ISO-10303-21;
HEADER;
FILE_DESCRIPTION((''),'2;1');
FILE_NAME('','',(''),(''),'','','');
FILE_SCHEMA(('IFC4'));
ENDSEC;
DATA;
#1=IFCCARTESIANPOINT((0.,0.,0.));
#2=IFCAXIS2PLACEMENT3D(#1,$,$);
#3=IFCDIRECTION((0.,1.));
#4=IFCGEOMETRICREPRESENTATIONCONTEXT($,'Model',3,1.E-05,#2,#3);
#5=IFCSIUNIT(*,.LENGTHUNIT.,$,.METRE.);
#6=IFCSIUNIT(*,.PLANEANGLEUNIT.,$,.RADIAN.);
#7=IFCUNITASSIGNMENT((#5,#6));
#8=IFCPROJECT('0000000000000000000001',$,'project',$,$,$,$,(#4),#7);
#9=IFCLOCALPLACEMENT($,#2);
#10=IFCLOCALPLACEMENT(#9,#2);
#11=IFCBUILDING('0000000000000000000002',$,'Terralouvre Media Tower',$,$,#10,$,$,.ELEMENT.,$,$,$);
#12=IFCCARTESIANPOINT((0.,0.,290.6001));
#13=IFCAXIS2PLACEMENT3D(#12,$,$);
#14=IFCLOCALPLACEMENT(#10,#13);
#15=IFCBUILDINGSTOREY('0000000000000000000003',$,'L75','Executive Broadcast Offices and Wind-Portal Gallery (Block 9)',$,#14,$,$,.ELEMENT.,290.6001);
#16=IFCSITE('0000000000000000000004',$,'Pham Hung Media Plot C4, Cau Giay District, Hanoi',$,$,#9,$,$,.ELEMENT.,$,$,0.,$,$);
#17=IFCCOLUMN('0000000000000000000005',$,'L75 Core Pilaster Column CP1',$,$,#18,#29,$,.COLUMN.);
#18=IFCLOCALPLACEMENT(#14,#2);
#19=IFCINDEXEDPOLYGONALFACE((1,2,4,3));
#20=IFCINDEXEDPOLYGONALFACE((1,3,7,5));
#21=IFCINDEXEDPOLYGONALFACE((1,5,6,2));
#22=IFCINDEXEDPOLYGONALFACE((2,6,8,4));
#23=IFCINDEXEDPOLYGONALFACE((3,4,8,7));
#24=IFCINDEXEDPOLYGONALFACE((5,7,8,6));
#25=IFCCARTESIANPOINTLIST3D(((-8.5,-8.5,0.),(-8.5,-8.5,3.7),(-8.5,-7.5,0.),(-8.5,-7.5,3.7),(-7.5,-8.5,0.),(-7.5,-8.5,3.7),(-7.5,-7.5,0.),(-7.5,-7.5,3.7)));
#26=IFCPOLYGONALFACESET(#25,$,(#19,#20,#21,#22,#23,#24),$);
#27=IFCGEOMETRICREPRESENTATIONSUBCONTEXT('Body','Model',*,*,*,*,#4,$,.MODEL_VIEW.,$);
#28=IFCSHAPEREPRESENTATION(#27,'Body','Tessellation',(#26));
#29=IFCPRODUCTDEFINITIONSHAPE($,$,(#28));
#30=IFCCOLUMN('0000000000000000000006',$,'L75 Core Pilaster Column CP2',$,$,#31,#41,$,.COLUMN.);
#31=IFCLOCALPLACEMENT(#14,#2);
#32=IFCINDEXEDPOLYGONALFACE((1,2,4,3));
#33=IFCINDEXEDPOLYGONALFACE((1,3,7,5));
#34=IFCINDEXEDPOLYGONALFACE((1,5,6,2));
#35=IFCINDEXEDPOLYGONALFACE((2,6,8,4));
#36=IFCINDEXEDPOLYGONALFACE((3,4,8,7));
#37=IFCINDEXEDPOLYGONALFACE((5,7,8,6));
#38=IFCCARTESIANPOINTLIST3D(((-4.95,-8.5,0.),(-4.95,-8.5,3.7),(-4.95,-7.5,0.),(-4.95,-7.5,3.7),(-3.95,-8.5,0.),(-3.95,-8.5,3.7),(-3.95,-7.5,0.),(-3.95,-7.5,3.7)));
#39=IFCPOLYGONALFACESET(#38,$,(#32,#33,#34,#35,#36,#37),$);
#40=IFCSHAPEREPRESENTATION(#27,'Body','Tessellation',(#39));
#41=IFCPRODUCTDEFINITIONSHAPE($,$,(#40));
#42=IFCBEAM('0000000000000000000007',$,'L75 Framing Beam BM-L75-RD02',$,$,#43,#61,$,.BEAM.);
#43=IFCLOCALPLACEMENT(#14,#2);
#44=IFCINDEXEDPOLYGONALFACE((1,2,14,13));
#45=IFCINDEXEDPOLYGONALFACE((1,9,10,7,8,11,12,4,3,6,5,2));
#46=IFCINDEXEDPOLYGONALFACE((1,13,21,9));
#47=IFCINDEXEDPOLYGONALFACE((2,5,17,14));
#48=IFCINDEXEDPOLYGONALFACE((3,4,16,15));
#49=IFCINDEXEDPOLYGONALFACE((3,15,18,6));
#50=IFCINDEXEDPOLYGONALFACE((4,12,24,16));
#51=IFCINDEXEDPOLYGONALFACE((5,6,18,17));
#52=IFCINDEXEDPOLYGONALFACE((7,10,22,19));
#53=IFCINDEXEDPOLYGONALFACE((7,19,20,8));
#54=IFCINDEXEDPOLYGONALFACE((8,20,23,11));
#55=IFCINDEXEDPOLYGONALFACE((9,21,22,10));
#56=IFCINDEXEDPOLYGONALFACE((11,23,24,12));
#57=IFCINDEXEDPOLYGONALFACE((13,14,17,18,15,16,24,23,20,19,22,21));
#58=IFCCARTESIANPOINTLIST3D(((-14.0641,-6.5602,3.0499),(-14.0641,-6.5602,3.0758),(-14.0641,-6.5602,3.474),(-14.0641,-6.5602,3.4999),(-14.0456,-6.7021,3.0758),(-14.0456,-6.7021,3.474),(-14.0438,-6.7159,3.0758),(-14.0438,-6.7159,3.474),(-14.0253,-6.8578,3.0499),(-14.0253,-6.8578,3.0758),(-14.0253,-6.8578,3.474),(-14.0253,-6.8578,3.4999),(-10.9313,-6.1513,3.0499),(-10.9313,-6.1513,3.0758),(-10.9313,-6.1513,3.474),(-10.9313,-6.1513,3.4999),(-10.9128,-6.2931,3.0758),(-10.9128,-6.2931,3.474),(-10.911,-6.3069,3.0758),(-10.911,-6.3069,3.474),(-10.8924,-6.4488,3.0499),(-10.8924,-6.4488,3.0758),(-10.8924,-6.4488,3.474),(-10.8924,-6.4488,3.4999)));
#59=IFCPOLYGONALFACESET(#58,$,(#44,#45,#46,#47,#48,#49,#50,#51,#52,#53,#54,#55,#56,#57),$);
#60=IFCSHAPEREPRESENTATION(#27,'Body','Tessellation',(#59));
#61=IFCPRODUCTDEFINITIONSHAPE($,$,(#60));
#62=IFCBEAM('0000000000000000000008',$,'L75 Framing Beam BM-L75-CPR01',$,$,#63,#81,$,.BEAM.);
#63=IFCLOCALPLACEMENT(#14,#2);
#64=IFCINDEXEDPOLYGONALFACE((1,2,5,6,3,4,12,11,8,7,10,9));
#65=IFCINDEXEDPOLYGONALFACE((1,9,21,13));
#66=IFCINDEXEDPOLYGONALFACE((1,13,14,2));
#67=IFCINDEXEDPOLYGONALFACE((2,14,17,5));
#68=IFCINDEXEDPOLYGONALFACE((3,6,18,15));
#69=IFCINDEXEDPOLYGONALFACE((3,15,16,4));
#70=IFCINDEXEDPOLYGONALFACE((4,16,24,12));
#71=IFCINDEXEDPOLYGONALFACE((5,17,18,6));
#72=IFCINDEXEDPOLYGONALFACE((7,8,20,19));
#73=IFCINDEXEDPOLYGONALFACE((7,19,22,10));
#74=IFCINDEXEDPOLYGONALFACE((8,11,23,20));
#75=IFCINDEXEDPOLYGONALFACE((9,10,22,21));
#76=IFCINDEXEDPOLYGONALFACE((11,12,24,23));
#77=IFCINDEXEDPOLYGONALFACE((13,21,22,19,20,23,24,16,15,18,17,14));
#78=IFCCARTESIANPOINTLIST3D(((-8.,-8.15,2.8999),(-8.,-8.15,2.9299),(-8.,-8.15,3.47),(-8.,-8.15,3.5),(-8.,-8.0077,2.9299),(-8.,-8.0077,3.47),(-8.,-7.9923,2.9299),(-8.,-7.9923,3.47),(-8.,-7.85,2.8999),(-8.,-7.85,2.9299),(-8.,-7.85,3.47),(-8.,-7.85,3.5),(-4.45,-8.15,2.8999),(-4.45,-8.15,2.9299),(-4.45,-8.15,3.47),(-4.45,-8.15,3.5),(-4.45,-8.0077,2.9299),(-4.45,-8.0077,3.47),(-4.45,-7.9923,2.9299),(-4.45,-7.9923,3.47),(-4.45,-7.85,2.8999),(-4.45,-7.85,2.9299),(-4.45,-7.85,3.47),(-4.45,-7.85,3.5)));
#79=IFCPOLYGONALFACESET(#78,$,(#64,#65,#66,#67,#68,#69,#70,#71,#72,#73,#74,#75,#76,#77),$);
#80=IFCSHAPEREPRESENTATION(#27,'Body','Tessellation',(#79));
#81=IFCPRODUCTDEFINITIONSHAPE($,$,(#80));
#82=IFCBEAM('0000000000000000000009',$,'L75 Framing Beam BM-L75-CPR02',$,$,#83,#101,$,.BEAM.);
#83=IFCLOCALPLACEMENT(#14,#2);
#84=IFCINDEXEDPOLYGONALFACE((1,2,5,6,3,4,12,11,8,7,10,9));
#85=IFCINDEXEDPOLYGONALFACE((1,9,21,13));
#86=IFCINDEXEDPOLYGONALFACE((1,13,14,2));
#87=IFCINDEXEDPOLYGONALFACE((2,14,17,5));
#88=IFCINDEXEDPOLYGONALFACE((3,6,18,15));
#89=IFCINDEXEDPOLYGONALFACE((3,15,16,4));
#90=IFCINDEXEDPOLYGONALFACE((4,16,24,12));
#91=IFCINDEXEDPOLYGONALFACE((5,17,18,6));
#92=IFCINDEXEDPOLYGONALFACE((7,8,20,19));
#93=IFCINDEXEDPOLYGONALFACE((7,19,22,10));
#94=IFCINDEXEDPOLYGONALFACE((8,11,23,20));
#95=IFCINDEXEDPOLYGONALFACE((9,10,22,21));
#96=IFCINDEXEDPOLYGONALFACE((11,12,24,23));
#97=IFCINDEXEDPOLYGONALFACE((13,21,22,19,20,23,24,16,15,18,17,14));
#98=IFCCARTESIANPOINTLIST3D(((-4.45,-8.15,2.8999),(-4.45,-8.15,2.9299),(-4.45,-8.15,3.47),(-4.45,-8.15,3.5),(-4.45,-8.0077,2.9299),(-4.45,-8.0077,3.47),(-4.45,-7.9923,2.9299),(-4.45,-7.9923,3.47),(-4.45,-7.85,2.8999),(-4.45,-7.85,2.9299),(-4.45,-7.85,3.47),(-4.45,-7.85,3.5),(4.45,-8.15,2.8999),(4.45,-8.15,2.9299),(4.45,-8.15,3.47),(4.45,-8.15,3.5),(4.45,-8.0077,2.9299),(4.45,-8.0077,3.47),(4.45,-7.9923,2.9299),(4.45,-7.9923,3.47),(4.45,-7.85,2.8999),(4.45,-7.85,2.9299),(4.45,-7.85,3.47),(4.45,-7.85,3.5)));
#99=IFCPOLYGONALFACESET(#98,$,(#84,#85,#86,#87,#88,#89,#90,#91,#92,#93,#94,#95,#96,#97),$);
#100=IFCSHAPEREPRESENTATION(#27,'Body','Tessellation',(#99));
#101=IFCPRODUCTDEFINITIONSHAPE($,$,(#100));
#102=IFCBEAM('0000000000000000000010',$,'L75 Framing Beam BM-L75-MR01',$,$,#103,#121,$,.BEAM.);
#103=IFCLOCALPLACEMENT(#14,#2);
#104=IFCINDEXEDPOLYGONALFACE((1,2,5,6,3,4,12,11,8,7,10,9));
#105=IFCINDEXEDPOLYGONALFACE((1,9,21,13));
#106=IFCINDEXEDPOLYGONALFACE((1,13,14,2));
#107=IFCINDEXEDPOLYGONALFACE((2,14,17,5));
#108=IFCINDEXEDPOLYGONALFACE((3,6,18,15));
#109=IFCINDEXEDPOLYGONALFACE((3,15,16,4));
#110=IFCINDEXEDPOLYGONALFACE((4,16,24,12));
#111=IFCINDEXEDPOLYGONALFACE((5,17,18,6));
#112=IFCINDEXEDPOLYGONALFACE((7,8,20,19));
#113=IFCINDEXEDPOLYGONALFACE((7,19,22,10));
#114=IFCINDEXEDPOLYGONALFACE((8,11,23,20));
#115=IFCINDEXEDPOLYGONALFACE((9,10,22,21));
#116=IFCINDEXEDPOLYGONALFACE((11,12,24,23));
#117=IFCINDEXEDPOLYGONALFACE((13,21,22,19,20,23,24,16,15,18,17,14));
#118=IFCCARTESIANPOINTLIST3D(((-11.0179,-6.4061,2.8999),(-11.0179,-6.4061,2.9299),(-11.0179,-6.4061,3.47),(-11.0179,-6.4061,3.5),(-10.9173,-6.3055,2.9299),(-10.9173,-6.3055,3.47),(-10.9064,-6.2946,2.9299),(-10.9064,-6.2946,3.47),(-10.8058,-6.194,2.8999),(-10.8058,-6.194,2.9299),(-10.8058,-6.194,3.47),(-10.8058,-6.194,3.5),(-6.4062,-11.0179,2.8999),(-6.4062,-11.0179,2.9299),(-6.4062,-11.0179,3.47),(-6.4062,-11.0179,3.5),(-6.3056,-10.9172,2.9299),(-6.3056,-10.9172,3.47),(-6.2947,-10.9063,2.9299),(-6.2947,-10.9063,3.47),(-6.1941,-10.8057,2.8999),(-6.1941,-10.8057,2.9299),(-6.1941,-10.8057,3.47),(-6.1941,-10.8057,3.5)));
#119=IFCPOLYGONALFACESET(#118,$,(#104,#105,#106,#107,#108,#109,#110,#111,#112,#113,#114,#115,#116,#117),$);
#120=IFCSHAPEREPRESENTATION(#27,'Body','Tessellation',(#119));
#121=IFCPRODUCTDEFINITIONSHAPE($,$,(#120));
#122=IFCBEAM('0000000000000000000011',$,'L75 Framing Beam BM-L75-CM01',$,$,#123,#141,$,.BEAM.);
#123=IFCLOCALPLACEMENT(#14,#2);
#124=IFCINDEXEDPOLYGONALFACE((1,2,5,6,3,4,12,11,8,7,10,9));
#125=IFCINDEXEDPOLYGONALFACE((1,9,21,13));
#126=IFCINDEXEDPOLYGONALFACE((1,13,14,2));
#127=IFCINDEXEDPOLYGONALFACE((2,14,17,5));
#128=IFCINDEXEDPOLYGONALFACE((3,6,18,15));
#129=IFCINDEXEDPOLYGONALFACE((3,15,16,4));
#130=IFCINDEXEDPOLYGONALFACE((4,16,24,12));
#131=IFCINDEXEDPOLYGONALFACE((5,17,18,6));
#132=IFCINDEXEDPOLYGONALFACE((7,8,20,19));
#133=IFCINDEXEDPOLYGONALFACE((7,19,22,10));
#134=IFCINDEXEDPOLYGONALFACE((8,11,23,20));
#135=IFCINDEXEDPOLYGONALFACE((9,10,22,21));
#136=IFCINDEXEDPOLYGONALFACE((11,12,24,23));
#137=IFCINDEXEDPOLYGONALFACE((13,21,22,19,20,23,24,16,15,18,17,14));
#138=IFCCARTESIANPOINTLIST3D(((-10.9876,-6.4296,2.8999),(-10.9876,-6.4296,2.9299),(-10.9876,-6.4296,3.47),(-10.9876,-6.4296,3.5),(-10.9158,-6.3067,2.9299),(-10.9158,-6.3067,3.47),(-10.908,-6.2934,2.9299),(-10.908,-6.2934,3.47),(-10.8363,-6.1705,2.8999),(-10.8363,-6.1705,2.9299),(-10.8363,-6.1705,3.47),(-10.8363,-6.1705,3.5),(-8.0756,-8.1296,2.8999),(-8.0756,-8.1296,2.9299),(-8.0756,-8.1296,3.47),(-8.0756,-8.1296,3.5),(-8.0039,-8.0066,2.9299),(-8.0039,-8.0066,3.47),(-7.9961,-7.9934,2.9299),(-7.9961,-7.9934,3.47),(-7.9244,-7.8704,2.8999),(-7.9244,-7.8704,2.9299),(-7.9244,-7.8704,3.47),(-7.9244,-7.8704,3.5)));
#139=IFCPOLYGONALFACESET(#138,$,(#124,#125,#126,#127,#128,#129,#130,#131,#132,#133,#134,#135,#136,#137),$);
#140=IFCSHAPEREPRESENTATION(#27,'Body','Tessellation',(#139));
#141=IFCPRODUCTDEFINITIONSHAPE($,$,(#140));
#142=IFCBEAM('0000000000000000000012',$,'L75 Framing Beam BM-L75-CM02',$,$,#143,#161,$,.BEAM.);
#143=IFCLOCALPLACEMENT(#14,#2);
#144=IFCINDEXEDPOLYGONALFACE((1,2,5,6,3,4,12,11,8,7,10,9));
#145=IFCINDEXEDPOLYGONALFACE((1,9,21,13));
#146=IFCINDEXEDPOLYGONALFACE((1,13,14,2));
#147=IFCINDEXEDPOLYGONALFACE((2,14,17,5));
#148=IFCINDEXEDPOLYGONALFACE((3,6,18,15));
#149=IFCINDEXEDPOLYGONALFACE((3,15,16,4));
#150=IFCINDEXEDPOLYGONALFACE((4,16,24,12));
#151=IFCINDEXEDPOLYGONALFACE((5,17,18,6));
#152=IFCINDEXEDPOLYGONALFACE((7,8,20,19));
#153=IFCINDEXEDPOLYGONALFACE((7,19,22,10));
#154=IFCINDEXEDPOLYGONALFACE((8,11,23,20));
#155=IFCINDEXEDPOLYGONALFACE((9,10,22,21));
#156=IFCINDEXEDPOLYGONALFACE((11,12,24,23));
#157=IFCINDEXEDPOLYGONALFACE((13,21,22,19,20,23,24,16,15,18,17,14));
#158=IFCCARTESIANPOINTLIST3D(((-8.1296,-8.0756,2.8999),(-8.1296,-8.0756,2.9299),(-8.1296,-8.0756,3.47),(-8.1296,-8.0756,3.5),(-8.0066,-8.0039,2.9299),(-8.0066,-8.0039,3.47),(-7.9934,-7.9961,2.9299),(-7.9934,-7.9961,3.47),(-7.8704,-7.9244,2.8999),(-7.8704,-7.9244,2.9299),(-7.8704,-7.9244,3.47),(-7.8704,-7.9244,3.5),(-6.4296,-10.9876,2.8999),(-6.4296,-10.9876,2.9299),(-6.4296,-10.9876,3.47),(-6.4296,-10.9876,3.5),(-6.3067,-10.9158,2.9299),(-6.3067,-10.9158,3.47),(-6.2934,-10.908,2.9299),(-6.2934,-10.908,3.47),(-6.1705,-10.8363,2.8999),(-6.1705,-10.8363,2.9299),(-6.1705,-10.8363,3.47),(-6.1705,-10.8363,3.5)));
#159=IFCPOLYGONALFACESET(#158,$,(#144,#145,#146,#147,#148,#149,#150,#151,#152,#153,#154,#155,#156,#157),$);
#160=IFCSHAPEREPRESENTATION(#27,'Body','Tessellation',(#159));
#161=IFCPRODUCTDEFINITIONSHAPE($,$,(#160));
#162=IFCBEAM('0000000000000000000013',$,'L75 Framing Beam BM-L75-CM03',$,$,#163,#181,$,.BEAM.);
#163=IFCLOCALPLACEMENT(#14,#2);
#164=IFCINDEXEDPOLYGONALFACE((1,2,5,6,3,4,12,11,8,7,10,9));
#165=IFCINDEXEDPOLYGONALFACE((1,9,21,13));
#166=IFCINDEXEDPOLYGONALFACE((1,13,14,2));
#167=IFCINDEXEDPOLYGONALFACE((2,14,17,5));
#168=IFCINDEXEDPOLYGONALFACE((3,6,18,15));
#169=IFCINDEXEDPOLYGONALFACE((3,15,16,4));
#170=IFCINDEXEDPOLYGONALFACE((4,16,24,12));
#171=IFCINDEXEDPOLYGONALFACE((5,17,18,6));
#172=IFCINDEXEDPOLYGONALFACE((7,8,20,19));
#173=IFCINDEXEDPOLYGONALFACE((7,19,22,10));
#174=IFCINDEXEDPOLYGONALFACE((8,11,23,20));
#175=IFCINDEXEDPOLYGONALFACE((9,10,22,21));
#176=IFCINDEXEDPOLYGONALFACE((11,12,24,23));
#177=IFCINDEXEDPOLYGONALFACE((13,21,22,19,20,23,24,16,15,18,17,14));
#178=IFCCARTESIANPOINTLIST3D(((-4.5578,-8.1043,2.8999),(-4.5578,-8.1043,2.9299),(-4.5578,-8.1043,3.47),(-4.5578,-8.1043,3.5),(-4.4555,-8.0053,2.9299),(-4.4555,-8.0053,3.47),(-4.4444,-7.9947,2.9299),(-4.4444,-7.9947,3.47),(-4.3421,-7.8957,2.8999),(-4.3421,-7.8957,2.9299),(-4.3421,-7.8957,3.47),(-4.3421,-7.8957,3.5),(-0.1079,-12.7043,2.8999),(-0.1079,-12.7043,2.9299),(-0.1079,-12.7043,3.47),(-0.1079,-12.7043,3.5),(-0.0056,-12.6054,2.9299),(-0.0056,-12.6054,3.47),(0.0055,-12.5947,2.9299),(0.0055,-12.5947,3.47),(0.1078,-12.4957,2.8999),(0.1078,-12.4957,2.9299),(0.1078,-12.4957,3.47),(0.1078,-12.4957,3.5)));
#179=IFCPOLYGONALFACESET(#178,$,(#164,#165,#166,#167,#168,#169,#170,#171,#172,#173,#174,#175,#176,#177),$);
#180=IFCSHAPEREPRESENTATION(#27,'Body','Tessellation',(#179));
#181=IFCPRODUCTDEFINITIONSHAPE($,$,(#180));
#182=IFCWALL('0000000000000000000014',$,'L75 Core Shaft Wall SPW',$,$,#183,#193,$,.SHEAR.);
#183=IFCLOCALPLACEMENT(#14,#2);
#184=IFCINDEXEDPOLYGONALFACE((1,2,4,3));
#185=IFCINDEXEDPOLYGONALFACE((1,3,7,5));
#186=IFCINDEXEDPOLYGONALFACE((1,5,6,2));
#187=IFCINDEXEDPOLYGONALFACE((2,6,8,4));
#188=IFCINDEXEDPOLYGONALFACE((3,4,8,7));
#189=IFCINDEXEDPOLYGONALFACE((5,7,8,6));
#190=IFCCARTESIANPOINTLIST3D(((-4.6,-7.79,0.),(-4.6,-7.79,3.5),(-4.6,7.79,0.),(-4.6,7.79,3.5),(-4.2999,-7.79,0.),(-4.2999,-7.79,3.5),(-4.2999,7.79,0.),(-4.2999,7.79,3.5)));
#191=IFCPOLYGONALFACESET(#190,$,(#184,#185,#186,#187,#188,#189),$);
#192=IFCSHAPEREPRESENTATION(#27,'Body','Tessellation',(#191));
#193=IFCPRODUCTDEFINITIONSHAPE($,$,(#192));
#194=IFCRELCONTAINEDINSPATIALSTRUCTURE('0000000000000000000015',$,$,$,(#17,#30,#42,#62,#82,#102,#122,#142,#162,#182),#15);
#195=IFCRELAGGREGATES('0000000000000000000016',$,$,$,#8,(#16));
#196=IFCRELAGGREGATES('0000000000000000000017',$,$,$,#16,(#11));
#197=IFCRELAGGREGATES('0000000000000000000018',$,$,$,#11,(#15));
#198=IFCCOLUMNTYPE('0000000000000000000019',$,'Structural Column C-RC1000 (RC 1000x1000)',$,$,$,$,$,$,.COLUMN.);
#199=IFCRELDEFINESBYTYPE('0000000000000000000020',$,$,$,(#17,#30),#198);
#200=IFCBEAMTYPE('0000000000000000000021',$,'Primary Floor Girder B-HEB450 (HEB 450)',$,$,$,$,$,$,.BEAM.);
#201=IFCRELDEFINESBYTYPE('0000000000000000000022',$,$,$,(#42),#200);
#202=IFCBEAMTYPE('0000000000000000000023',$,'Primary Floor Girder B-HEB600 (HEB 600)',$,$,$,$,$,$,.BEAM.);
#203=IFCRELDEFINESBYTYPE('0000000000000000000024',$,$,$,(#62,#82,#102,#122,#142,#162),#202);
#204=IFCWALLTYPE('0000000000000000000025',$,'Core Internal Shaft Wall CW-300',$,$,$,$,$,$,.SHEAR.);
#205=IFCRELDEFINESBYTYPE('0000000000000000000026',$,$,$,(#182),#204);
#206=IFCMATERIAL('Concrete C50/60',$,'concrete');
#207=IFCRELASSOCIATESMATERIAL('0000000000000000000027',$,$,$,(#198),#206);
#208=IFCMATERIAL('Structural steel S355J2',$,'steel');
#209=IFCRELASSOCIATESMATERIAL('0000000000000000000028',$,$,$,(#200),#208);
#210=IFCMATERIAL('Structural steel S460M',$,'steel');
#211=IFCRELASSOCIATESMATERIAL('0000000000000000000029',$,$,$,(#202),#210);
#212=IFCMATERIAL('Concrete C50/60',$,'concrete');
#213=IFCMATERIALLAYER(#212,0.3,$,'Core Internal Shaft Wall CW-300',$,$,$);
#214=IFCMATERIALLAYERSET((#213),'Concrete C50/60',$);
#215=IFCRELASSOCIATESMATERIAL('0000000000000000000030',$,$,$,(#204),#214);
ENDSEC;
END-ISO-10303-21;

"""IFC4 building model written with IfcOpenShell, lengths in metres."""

from ifc_helpers import new_model, si_unit, direction, frame, frame_2d, origin, origin_2d, place, context, subcontext, project, spatial, rectangle, i_section, extrude, material, layer, layer_set, material_profile, profile_set, type_object, element, save


model = new_model("IFC4")

# Units and contexts
model_context = context("Model", 3, precision=1e-05, world=origin(), true_north=direction((0.0, 1.0)))
body_context = subcontext(model_context, "Body", "Model", "MODEL_VIEW")
ifc_project = project(units=[si_unit("LENGTHUNIT", "METRE"), si_unit("PLANEANGLEUNIT", "RADIAN")], contexts=[model_context])

# Site, building, storey
site_placement = place(None, origin())
site = spatial("IfcSite", under=ifc_project, at=site_placement, Name="Pham Hung Media Plot C4, Cau Giay District, Hanoi", CompositionType="ELEMENT", RefElevation=0.0)
building_placement = place(site_placement, origin())
building = spatial("IfcBuilding", under=site, at=building_placement, Name="Terralouvre Media Tower", CompositionType="ELEMENT")
storey_placement = place(building_placement, frame((0.0, 0.0, 290.6001)))
storey = spatial("IfcBuildingStorey", under=building, at=storey_placement, Name="L75", Description="Executive Broadcast Offices and Wind-Portal Gallery (Block 9)", CompositionType="ELEMENT", Elevation=290.6001)

# Columns
ifc_material_1 = material(Name="Concrete C50/60", Category="concrete")
ifc_material_profile_1 = material_profile(ifc_material_1, rectangle(XDim=1.0, YDim=1.0, at=origin_2d()), Name="RC 1000x1000")
ifc_profile_set_1 = profile_set([ifc_material_profile_1], Name="Concrete C50/60")
column_type = type_object("IfcColumnType", Name="Structural Column C-RC1000 (RC 1000x1000)", PredefinedType="COLUMN", material=ifc_profile_set_1)
for number, where, z_axis, x_axis, name in (
    (1, (-8.0, -8.0, 0.0), (0.0, 0.0, 1.0), (1.0, 0.0, 0.0), "L75 Core Pilaster Column CP1"),
    (2, (-4.45, -8.0, 0.0), (0.0, 0.0, 1.0), (1.0, 0.0, 0.0), "L75 Core Pilaster Column CP2"),
):
    element("IfcColumn", number, at=place(storey_placement, frame(where, z_axis=z_axis, x_axis=x_axis)), inside=storey, type_object=column_type, Name=name, PredefinedType="COLUMN", context=body_context, shape_type="SweptSolid", body=[
        extrude(rectangle(XDim=1.0, YDim=1.0, at=origin_2d()), origin(), (0.0, 0.0, 1.0), 3.7),
    ])

# Beams
ifc_material_2 = material(Name="Structural steel S355J2", Category="steel")
ifc_material_profile_2 = material_profile(ifc_material_2, i_section(OverallWidth=0.3, OverallDepth=0.45, WebThickness=0.0139, FlangeThickness=0.0259, at=origin_2d()), Name="HEB 450")
ifc_profile_set_2 = profile_set([ifc_material_profile_2], Name="Structural steel S355J2")
beam_type_1 = type_object("IfcBeamType", Name="Primary Floor Girder B-HEB450 (HEB 450)", PredefinedType="BEAM", material=ifc_profile_set_2)
beam_1_placement = place(storey_placement, frame((-10.9119, -6.3, 3.2749), z_axis=(-0.991588, -0.129435, 0.0), x_axis=(0.129435, -0.991588, 0.0)))
element("IfcBeam", 3, at=beam_1_placement, inside=storey, type_object=beam_type_1, Name="L75 Framing Beam BM-L75-RD02", PredefinedType="BEAM", context=body_context, shape_type="SweptSolid", body=[
    extrude(i_section(OverallWidth=0.3, OverallDepth=0.45, WebThickness=0.0139, FlangeThickness=0.0259, at=origin_2d()), origin(), (0.0, 0.0, 1.0), 3.1594),
])
ifc_material_3 = material(Name="Structural steel S460M", Category="steel")
ifc_material_profile_3 = material_profile(ifc_material_3, i_section(OverallWidth=0.3, OverallDepth=0.6001, WebThickness=0.0154, FlangeThickness=0.03, at=origin_2d()), Name="HEB 600")
ifc_profile_set_3 = profile_set([ifc_material_profile_3], Name="Structural steel S460M")
beam_type_2 = type_object("IfcBeamType", Name="Primary Floor Girder B-HEB600 (HEB 600)", PredefinedType="BEAM", material=ifc_profile_set_3)
beam_2_placement = place(storey_placement, frame((-8.0, -8.0, 3.2), z_axis=(1.0, 0.0, 0.0), x_axis=(0.0, 1.0, 0.0)))
element("IfcBeam", 4, at=beam_2_placement, inside=storey, type_object=beam_type_2, Name="L75 Framing Beam BM-L75-CPR01", PredefinedType="BEAM", context=body_context, shape_type="SweptSolid", body=[
    extrude(i_section(OverallWidth=0.3, OverallDepth=0.6001, WebThickness=0.0154, FlangeThickness=0.03, at=origin_2d()), origin(), (0.0, 0.0, 1.0), 3.55),
])
beam_3_placement = place(storey_placement, frame((-4.45, -8.0, 3.2), z_axis=(1.0, 0.0, 0.0), x_axis=(0.0, 1.0, 0.0)))
element("IfcBeam", 5, at=beam_3_placement, inside=storey, type_object=beam_type_2, Name="L75 Framing Beam BM-L75-CPR02", PredefinedType="BEAM", context=body_context, shape_type="SweptSolid", body=[
    extrude(i_section(OverallWidth=0.3, OverallDepth=0.6001, WebThickness=0.0154, FlangeThickness=0.03, at=origin_2d()), origin(), (0.0, 0.0, 1.0), 8.8999),
])
beam_4_placement = place(storey_placement, frame((-10.9119, -6.3, 3.2), z_axis=(0.707107, -0.707107, 0.0), x_axis=(0.707107, 0.707107, 0.0)))
element("IfcBeam", 6, at=beam_4_placement, inside=storey, type_object=beam_type_2, Name="L75 Framing Beam BM-L75-MR01", PredefinedType="BEAM", context=body_context, shape_type="SweptSolid", body=[
    extrude(i_section(OverallWidth=0.3, OverallDepth=0.6001, WebThickness=0.0154, FlangeThickness=0.03, at=origin_2d()), origin(), (0.0, 0.0, 1.0), 6.522),
])
for number, where, z_axis, x_axis, name in (
    (7, (-8.0, -8.0, 3.2), (-0.863603, 0.504173, 0.0), (-0.504173, -0.863603, 0.0), "L75 Framing Beam BM-L75-CM01"),
    (8, (-8.0, -8.0, 3.2), (0.504173, -0.863603, 0.0), (0.863603, 0.504173, 0.0), "L75 Framing Beam BM-L75-CM02"),
):
    element("IfcBeam", number, at=place(storey_placement, frame(where, z_axis=z_axis, x_axis=x_axis)), inside=storey, type_object=beam_type_2, Name=name, PredefinedType="BEAM", context=body_context, shape_type="SweptSolid", body=[
        extrude(i_section(OverallWidth=0.3, OverallDepth=0.6001, WebThickness=0.0154, FlangeThickness=0.03, at=origin_2d()), origin(), (0.0, 0.0, 1.0), 3.3718),
    ])
beam_5_placement = place(storey_placement, frame((-4.45, -8.0, 3.2), z_axis=(0.69528, -0.718739, 0.0), x_axis=(0.718739, 0.69528, 0.0)))
element("IfcBeam", 9, at=beam_5_placement, inside=storey, type_object=beam_type_2, Name="L75 Framing Beam BM-L75-CM03", PredefinedType="BEAM", context=body_context, shape_type="SweptSolid", body=[
    extrude(i_section(OverallWidth=0.3, OverallDepth=0.6001, WebThickness=0.0154, FlangeThickness=0.03, at=origin_2d()), origin(), (0.0, 0.0, 1.0), 6.4001),
])

# Wall
ifc_material_4 = material(Name="Concrete C50/60", Category="concrete")
ifc_layer_1 = layer(ifc_material_4, 0.3, Name="Core Internal Shaft Wall CW-300")
ifc_layer_set_1 = layer_set([ifc_layer_1], Name="Concrete C50/60")
wall_type_1 = type_object("IfcWallType", Name="Core Internal Shaft Wall CW-300", PredefinedType="SHEAR", material=ifc_layer_set_1)
wall_1_placement = place(storey_placement, frame((-4.45, -7.79, 0.0), z_axis=(0.0, 0.0, 1.0), x_axis=(0.0, 1.0, 0.0)))
element("IfcWall", 10, at=wall_1_placement, inside=storey, type_object=wall_type_1, Name="L75 Core Shaft Wall SPW", PredefinedType="SHEAR", context=body_context, shape_type="SweptSolid", body=[
    extrude(rectangle(XDim=15.5801, YDim=0.3, at=frame_2d((7.79, 0.0))), origin(), (0.0, 0.0, 1.0), 3.5),
])

save(model, "model.ifc")
